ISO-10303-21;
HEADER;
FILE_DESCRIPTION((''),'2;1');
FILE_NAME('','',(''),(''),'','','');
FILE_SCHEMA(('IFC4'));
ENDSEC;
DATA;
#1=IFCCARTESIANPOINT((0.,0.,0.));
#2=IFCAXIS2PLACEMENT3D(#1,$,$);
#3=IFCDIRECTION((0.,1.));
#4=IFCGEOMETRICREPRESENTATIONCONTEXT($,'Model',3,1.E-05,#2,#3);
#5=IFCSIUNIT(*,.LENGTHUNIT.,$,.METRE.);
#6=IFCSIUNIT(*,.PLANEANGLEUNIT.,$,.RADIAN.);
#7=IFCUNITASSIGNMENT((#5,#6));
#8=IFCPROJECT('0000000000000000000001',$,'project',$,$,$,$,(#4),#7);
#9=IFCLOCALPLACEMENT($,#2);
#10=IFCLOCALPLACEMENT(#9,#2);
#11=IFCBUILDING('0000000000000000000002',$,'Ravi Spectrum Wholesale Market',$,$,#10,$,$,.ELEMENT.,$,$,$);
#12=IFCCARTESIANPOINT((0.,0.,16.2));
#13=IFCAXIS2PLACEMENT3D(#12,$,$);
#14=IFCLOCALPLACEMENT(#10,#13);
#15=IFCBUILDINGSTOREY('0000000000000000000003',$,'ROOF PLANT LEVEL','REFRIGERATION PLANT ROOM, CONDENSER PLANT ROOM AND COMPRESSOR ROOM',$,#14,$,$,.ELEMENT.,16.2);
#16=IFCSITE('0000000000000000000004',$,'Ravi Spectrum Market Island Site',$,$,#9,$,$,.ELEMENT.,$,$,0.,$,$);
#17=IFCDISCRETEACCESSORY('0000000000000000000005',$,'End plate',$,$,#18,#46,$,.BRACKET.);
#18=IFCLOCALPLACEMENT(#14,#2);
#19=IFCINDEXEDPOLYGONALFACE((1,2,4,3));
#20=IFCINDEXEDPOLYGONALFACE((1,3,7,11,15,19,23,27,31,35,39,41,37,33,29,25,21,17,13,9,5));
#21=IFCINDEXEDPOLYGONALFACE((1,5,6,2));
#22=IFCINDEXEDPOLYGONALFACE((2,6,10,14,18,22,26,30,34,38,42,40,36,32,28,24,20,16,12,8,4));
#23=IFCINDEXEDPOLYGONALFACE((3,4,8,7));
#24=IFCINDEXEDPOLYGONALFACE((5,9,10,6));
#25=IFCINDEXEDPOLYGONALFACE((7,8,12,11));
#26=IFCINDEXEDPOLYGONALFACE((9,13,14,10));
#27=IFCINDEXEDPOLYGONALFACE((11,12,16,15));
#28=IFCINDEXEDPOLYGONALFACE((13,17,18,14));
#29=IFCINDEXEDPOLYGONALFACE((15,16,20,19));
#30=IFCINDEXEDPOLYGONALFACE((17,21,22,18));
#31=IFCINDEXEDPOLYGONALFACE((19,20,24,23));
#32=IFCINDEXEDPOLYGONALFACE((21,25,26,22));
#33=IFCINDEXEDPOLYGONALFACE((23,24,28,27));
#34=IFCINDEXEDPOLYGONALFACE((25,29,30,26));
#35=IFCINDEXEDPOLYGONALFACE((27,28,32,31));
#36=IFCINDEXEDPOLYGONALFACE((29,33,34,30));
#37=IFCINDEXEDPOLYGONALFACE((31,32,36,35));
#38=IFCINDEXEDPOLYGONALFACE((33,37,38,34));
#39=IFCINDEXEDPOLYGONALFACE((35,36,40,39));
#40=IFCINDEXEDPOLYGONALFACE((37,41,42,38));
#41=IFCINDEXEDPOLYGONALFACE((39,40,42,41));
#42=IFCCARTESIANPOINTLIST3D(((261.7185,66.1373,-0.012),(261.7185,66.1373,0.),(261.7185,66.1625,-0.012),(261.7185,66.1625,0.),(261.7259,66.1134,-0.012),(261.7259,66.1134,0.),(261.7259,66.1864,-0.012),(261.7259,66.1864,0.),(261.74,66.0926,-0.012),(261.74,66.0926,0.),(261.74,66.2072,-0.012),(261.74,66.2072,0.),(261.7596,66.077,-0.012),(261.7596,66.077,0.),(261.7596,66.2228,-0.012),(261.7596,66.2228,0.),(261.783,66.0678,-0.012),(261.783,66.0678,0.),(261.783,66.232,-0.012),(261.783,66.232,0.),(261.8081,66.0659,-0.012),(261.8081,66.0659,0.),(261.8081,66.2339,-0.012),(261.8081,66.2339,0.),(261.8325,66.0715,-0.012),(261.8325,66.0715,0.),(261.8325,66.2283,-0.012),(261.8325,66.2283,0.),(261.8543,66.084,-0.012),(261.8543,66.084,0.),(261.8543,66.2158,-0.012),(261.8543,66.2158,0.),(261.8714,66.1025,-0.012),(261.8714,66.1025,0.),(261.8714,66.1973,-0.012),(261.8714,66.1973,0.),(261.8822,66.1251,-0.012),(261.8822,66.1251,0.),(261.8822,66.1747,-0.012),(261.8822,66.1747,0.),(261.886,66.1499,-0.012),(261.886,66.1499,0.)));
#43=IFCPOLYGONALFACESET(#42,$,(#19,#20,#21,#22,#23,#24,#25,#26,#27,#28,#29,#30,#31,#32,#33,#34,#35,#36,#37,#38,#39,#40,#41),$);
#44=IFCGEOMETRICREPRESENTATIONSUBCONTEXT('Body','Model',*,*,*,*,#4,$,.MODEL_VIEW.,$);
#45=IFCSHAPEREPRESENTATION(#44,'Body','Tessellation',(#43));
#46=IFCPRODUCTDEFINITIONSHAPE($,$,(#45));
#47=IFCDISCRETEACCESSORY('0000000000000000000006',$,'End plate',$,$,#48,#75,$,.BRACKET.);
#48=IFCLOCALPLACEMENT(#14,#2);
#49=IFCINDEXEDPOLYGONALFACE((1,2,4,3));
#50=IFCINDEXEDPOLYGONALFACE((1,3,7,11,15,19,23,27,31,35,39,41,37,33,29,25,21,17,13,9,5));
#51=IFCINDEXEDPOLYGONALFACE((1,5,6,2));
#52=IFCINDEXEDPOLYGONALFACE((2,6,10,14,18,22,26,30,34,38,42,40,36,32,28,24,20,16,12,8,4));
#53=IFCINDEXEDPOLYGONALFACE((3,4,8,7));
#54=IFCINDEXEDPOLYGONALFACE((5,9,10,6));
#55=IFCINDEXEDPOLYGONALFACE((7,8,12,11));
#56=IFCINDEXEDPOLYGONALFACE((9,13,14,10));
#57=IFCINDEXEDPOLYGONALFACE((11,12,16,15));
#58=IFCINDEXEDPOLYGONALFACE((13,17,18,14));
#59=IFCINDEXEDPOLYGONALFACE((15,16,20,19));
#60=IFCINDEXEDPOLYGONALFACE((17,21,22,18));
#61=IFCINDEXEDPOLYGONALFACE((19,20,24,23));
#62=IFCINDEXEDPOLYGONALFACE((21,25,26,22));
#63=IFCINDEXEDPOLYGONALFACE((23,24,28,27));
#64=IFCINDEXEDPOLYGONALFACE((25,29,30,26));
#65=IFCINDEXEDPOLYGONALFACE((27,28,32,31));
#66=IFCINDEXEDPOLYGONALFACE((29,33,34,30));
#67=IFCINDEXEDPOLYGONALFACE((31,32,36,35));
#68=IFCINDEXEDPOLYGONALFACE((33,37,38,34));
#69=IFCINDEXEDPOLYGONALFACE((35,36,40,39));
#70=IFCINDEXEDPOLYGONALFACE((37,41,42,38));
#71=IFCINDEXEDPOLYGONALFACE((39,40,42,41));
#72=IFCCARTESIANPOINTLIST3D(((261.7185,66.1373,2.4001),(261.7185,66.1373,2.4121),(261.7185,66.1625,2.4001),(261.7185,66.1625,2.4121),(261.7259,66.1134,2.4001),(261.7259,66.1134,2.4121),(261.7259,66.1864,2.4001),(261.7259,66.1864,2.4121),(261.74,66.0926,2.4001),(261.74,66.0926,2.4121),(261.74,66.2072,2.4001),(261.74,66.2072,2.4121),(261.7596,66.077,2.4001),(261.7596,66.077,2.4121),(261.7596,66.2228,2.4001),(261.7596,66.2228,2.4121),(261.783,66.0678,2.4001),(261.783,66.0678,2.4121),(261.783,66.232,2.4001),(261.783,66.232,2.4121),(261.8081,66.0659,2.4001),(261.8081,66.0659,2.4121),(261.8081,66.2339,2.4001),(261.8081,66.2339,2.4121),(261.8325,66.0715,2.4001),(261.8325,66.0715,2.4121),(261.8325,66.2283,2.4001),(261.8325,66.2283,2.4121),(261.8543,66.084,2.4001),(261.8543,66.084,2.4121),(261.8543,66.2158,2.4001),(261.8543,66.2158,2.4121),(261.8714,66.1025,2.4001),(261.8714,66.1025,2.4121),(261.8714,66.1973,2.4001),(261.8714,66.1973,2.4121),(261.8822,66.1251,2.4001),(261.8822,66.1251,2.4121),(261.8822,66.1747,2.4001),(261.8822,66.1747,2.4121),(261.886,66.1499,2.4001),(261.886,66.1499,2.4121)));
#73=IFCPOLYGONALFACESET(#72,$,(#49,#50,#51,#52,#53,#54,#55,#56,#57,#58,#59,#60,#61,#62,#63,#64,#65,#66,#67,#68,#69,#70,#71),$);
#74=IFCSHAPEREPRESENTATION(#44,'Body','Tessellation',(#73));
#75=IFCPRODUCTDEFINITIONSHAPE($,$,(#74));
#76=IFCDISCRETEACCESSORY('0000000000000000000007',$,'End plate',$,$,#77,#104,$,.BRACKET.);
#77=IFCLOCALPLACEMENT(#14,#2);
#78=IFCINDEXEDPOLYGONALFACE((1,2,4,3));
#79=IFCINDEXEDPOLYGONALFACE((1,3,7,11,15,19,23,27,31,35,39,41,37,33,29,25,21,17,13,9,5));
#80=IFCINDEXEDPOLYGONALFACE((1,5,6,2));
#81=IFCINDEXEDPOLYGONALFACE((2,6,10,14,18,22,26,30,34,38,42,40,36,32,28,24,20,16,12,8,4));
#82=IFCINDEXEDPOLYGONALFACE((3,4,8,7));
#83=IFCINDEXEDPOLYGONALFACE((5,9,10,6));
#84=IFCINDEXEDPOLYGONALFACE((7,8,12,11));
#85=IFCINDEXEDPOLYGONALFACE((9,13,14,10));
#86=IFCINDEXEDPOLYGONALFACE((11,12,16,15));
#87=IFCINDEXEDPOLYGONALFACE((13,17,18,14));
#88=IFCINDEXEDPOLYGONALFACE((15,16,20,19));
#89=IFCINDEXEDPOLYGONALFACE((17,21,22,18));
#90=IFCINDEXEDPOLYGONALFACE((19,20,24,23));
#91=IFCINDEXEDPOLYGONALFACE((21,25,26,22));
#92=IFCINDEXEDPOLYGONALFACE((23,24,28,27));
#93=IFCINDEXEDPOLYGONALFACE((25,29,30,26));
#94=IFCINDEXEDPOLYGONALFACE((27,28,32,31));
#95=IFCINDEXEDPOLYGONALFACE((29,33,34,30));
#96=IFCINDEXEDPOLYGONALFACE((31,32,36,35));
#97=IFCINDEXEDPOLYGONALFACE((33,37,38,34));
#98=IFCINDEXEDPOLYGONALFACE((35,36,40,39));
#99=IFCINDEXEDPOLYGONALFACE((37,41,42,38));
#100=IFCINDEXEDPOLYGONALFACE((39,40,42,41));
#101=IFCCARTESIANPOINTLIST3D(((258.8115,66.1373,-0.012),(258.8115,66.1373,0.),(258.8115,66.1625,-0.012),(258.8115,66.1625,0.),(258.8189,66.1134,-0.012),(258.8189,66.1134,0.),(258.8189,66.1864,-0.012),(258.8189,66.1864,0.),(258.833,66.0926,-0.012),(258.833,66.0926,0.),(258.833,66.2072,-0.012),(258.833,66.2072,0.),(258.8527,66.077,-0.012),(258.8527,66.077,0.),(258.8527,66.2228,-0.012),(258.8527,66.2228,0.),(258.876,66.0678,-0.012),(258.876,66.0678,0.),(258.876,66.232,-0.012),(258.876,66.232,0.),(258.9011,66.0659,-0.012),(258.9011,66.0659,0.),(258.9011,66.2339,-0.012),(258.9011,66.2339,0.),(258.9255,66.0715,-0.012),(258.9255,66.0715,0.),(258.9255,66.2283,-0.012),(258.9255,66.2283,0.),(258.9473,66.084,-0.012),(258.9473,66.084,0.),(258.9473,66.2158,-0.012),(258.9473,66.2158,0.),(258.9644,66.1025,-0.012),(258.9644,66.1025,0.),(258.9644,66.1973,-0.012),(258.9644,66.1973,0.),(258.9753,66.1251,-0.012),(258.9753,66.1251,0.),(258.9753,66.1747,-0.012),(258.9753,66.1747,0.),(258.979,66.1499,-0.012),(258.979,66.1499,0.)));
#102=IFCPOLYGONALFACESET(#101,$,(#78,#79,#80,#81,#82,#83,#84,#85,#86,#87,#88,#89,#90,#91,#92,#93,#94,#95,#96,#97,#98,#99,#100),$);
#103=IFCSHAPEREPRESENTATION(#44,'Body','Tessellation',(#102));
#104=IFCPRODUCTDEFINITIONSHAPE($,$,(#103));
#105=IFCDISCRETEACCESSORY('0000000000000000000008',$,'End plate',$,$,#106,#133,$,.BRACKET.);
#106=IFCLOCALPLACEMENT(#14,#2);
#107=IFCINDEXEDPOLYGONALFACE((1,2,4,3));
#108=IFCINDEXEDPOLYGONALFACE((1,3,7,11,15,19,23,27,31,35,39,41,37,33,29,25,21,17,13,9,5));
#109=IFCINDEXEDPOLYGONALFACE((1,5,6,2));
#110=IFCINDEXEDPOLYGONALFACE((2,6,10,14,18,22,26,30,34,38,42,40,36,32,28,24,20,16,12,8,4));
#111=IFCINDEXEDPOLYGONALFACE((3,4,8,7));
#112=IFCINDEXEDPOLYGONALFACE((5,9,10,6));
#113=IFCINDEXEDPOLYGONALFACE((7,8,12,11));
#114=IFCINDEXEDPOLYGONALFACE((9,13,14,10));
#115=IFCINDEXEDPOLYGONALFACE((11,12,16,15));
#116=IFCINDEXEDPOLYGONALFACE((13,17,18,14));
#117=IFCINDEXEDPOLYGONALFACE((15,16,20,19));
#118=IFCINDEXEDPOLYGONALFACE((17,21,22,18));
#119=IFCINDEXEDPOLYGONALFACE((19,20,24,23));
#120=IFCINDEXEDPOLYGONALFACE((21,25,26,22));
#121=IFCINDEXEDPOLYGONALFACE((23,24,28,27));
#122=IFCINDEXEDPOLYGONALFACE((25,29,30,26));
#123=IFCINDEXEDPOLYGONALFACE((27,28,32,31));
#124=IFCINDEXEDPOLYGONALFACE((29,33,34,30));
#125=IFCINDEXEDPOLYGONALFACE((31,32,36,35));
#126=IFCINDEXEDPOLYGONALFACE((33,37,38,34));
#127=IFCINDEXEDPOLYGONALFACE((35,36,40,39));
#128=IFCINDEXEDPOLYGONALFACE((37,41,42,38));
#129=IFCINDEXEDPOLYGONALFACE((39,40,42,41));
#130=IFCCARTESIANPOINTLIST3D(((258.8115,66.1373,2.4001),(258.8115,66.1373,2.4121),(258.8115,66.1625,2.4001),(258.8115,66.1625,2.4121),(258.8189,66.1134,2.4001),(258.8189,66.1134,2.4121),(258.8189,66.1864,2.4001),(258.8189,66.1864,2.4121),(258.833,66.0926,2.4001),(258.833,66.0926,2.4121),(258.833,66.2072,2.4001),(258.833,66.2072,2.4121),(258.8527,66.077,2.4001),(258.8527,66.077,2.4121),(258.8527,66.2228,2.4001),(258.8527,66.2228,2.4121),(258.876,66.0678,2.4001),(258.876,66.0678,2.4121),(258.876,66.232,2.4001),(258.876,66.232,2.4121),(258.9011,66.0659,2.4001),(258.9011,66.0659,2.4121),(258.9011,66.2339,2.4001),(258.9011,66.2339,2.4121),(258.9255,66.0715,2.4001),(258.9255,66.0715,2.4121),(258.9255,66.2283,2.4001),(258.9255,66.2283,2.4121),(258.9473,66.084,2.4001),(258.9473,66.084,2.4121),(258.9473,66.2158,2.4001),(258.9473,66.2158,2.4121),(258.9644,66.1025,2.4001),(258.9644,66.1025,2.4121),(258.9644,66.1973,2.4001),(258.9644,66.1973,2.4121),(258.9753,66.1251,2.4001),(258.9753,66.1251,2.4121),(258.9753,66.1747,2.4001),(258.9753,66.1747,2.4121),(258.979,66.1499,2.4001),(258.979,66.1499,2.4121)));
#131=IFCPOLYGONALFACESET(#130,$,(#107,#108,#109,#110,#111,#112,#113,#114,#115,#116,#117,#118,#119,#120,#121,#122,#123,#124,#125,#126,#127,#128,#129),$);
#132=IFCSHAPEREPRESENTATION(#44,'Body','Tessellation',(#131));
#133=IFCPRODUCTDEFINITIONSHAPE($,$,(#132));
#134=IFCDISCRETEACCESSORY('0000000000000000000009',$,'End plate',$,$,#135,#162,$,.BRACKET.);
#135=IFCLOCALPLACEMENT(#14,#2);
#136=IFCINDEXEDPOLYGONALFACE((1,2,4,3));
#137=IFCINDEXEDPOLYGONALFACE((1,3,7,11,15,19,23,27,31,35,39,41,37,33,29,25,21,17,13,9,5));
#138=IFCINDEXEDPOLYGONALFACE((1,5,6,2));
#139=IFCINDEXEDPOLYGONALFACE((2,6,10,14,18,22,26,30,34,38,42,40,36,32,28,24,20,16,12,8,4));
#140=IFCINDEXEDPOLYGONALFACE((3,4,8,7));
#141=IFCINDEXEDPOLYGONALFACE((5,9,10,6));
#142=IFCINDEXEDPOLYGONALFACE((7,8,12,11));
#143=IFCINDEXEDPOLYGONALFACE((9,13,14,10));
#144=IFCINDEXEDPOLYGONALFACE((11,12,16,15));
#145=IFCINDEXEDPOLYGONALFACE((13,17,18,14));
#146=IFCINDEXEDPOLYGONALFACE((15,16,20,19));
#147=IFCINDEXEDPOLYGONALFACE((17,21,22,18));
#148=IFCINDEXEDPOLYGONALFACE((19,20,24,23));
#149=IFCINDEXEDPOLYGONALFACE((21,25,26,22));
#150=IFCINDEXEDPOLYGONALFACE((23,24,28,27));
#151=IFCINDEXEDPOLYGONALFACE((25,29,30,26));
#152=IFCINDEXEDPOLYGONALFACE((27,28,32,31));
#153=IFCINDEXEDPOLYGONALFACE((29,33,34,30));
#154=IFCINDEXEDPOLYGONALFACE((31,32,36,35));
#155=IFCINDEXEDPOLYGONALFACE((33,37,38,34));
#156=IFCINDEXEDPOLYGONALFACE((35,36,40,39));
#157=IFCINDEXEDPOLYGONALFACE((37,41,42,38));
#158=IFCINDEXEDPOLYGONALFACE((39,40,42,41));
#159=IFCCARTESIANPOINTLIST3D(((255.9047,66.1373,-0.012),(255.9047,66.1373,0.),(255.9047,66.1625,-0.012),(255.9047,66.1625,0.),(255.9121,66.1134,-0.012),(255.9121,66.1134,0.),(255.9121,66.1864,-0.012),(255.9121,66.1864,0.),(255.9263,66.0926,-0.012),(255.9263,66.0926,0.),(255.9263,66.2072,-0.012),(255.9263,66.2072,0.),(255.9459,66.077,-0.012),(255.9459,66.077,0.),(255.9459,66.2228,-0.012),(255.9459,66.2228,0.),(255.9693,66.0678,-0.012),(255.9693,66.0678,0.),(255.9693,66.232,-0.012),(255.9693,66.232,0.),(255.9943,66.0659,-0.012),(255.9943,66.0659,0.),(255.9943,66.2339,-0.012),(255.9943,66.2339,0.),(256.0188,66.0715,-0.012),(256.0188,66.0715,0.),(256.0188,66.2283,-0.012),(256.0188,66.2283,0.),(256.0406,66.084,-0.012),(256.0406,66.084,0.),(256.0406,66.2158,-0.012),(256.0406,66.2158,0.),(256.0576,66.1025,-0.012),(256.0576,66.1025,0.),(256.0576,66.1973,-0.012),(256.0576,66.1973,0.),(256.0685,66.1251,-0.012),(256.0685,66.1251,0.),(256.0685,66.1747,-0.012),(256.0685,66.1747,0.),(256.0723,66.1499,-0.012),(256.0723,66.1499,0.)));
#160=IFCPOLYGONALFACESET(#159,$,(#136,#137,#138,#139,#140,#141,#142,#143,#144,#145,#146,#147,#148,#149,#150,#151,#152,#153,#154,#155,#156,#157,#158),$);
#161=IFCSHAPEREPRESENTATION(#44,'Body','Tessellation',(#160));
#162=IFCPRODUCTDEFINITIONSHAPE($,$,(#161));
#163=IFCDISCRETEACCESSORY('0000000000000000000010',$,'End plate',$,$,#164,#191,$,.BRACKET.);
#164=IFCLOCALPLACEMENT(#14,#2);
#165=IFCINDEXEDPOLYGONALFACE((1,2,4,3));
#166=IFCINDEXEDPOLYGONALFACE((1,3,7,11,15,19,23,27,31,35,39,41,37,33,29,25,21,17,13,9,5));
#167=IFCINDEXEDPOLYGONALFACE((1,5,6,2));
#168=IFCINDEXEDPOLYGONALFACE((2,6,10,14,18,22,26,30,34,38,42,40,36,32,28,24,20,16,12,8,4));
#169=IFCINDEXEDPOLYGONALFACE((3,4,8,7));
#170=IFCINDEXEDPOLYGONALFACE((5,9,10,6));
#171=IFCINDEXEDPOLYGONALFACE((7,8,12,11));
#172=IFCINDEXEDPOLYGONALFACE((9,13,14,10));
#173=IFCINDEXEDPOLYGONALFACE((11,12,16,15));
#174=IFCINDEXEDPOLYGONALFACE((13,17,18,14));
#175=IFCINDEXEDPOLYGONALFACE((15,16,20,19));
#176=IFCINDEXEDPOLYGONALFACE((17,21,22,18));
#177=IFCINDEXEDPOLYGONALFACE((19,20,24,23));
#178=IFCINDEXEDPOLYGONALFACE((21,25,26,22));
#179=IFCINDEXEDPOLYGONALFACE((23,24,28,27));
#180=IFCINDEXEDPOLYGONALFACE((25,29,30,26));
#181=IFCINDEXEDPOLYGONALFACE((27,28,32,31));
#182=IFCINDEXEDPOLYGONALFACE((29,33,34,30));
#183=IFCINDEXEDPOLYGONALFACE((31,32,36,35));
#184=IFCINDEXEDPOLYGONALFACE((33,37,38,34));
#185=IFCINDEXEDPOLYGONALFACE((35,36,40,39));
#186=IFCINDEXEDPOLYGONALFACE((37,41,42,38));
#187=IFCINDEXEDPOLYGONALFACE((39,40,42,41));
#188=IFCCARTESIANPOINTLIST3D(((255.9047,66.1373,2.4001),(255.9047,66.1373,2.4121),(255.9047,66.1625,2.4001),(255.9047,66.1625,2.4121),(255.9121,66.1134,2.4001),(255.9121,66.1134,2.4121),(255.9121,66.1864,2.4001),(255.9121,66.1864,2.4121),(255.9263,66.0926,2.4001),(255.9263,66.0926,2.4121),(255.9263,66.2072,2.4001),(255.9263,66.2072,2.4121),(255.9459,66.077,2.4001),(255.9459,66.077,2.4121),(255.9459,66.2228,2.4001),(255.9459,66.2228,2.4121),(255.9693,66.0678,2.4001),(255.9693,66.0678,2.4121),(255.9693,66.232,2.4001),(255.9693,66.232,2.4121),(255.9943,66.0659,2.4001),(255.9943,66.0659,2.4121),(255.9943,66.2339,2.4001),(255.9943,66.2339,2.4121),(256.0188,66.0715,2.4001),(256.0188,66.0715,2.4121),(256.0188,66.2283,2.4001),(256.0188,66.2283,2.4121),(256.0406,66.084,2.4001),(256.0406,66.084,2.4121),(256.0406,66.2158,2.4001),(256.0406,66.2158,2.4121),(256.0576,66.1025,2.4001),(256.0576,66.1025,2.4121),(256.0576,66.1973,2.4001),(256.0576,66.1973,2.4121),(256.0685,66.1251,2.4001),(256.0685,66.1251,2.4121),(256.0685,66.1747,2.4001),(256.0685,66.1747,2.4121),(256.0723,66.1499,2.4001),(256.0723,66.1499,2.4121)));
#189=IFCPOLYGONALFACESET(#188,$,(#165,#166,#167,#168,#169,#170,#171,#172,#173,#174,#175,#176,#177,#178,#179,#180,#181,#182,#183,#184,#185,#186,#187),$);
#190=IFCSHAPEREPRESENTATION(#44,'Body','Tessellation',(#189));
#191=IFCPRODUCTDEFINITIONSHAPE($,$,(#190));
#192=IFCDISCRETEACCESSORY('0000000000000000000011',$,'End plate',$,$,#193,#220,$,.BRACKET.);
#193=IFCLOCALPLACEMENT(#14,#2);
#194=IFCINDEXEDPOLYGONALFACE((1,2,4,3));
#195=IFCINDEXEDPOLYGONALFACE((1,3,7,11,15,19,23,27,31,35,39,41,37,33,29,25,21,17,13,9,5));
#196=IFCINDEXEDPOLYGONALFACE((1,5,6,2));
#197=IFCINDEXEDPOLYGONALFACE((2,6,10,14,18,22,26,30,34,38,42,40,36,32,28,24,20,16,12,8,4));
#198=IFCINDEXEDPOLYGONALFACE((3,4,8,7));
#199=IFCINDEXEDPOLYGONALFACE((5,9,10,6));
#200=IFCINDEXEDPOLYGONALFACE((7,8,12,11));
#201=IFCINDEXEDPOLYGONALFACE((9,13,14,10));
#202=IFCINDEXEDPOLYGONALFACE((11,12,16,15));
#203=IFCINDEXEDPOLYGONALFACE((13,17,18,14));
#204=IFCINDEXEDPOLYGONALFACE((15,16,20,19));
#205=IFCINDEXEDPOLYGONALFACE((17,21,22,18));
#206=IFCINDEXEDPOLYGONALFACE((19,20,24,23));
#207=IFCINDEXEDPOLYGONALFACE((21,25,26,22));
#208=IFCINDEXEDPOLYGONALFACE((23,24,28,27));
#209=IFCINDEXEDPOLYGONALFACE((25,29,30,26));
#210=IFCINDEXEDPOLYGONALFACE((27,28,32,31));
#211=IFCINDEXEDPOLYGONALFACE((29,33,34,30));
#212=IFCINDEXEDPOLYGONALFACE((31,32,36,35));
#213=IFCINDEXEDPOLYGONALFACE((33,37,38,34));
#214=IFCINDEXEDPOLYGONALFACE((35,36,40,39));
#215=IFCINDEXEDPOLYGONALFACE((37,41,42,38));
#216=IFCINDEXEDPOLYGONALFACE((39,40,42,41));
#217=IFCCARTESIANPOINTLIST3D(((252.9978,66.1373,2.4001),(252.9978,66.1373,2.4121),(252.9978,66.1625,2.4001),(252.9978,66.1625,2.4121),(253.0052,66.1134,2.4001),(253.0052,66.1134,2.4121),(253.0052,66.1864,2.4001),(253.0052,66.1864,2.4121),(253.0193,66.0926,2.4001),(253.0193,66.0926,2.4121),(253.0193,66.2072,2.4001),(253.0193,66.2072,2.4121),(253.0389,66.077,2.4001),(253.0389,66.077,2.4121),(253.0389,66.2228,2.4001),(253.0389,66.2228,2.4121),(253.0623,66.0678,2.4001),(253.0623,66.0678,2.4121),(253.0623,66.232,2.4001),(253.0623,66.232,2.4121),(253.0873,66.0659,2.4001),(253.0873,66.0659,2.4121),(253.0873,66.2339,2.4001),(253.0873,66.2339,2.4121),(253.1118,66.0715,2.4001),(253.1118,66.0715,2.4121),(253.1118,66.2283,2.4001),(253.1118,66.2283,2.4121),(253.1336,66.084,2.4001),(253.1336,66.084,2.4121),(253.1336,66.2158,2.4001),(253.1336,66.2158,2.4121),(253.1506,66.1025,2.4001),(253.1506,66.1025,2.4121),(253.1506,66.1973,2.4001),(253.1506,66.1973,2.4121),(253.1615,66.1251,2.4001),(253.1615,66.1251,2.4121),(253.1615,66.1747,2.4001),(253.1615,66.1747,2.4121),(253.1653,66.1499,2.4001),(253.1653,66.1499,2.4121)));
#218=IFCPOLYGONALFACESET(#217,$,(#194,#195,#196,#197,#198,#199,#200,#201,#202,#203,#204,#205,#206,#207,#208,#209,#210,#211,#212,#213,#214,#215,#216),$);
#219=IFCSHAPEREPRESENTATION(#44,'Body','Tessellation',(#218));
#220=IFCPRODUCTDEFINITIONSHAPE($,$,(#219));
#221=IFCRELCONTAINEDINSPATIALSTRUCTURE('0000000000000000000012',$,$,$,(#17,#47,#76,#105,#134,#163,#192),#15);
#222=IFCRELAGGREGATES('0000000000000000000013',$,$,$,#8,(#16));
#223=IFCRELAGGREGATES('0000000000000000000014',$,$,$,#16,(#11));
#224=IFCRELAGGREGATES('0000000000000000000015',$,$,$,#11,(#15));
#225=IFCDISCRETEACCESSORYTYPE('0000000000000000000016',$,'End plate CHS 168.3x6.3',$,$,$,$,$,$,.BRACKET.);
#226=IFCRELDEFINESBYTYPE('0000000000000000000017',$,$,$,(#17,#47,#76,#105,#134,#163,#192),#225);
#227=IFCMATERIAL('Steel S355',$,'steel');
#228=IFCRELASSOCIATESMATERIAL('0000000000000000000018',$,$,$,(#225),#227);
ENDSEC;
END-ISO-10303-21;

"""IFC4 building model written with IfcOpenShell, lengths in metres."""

from ifc_helpers import new_model, si_unit, direction, frame, origin, origin_2d, place, context, subcontext, project, spatial, circle, extrude, material, material_profile, profile_set, type_object, element, save


model = new_model("IFC4")

# Units and contexts
model_context = context("Model", 3, precision=1e-05, world=origin(), true_north=direction((0.0, 1.0)))
body_context = subcontext(model_context, "Body", "Model", "MODEL_VIEW")
ifc_project = project(units=[si_unit("LENGTHUNIT", "METRE"), si_unit("PLANEANGLEUNIT", "RADIAN")], contexts=[model_context])

# Site, building, storey
site_placement = place(None, origin())
site = spatial("IfcSite", under=ifc_project, at=site_placement, Name="Ravi Spectrum Market Island Site", CompositionType="ELEMENT", RefElevation=0.0)
building_placement = place(site_placement, origin())
building = spatial("IfcBuilding", under=site, at=building_placement, Name="Ravi Spectrum Wholesale Market", CompositionType="ELEMENT")
storey_placement = place(building_placement, frame((0.0, 0.0, 16.2)))
storey = spatial("IfcBuildingStorey", under=building, at=storey_placement, Name="ROOF PLANT LEVEL", Description="REFRIGERATION PLANT ROOM, CONDENSER PLANT ROOM AND COMPRESSOR ROOM", CompositionType="ELEMENT", Elevation=16.2)

# Discrete accessories
ifc_material_1 = material(Name="Steel S355", Category="steel")
ifc_material_profile_1 = material_profile(ifc_material_1, circle(Radius=0.0842, at=origin_2d()))
ifc_profile_set_1 = profile_set([ifc_material_profile_1], Name="Steel S355")
discrete_accessory_type = type_object("IfcDiscreteAccessoryType", Name="End plate CHS 168.3x6.3", PredefinedType="BRACKET", material=ifc_profile_set_1)
for number, where, z_axis, x_axis, name in (
    (1, (261.8018, 66.1499, 0.0), (0.0, 0.0, -1.0), (1.0, 0.0, 0.0), "End plate"),
    (2, (261.8018, 66.1499, 2.4001), (0.0, 0.0, 1.0), (1.0, 0.0, 0.0), "End plate"),
    (3, (258.8948, 66.1499, 0.0), (0.0, 0.0, -1.0), (1.0, 0.0, 0.0), "End plate"),
    (4, (258.8948, 66.1499, 2.4001), (0.0, 0.0, 1.0), (1.0, 0.0, 0.0), "End plate"),
    (5, (255.988, 66.1499, 0.0), (0.0, 0.0, -1.0), (1.0, 0.0, 0.0), "End plate"),
    (6, (255.988, 66.1499, 2.4001), (0.0, 0.0, 1.0), (1.0, 0.0, 0.0), "End plate"),
    (7, (253.0811, 66.1499, 2.4001), (0.0, 0.0, 1.0), (1.0, 0.0, 0.0), "End plate"),
):
    element("IfcDiscreteAccessory", number, at=place(storey_placement, frame(where, z_axis=z_axis, x_axis=x_axis)), inside=storey, type_object=discrete_accessory_type, Name=name, PredefinedType="BRACKET", context=body_context, shape_type="SweptSolid", body=[
        extrude(circle(Radius=0.0842, at=origin_2d()), origin(), (0.0, 0.0, 1.0), 0.012),
    ])

save(model, "model.ifc")
